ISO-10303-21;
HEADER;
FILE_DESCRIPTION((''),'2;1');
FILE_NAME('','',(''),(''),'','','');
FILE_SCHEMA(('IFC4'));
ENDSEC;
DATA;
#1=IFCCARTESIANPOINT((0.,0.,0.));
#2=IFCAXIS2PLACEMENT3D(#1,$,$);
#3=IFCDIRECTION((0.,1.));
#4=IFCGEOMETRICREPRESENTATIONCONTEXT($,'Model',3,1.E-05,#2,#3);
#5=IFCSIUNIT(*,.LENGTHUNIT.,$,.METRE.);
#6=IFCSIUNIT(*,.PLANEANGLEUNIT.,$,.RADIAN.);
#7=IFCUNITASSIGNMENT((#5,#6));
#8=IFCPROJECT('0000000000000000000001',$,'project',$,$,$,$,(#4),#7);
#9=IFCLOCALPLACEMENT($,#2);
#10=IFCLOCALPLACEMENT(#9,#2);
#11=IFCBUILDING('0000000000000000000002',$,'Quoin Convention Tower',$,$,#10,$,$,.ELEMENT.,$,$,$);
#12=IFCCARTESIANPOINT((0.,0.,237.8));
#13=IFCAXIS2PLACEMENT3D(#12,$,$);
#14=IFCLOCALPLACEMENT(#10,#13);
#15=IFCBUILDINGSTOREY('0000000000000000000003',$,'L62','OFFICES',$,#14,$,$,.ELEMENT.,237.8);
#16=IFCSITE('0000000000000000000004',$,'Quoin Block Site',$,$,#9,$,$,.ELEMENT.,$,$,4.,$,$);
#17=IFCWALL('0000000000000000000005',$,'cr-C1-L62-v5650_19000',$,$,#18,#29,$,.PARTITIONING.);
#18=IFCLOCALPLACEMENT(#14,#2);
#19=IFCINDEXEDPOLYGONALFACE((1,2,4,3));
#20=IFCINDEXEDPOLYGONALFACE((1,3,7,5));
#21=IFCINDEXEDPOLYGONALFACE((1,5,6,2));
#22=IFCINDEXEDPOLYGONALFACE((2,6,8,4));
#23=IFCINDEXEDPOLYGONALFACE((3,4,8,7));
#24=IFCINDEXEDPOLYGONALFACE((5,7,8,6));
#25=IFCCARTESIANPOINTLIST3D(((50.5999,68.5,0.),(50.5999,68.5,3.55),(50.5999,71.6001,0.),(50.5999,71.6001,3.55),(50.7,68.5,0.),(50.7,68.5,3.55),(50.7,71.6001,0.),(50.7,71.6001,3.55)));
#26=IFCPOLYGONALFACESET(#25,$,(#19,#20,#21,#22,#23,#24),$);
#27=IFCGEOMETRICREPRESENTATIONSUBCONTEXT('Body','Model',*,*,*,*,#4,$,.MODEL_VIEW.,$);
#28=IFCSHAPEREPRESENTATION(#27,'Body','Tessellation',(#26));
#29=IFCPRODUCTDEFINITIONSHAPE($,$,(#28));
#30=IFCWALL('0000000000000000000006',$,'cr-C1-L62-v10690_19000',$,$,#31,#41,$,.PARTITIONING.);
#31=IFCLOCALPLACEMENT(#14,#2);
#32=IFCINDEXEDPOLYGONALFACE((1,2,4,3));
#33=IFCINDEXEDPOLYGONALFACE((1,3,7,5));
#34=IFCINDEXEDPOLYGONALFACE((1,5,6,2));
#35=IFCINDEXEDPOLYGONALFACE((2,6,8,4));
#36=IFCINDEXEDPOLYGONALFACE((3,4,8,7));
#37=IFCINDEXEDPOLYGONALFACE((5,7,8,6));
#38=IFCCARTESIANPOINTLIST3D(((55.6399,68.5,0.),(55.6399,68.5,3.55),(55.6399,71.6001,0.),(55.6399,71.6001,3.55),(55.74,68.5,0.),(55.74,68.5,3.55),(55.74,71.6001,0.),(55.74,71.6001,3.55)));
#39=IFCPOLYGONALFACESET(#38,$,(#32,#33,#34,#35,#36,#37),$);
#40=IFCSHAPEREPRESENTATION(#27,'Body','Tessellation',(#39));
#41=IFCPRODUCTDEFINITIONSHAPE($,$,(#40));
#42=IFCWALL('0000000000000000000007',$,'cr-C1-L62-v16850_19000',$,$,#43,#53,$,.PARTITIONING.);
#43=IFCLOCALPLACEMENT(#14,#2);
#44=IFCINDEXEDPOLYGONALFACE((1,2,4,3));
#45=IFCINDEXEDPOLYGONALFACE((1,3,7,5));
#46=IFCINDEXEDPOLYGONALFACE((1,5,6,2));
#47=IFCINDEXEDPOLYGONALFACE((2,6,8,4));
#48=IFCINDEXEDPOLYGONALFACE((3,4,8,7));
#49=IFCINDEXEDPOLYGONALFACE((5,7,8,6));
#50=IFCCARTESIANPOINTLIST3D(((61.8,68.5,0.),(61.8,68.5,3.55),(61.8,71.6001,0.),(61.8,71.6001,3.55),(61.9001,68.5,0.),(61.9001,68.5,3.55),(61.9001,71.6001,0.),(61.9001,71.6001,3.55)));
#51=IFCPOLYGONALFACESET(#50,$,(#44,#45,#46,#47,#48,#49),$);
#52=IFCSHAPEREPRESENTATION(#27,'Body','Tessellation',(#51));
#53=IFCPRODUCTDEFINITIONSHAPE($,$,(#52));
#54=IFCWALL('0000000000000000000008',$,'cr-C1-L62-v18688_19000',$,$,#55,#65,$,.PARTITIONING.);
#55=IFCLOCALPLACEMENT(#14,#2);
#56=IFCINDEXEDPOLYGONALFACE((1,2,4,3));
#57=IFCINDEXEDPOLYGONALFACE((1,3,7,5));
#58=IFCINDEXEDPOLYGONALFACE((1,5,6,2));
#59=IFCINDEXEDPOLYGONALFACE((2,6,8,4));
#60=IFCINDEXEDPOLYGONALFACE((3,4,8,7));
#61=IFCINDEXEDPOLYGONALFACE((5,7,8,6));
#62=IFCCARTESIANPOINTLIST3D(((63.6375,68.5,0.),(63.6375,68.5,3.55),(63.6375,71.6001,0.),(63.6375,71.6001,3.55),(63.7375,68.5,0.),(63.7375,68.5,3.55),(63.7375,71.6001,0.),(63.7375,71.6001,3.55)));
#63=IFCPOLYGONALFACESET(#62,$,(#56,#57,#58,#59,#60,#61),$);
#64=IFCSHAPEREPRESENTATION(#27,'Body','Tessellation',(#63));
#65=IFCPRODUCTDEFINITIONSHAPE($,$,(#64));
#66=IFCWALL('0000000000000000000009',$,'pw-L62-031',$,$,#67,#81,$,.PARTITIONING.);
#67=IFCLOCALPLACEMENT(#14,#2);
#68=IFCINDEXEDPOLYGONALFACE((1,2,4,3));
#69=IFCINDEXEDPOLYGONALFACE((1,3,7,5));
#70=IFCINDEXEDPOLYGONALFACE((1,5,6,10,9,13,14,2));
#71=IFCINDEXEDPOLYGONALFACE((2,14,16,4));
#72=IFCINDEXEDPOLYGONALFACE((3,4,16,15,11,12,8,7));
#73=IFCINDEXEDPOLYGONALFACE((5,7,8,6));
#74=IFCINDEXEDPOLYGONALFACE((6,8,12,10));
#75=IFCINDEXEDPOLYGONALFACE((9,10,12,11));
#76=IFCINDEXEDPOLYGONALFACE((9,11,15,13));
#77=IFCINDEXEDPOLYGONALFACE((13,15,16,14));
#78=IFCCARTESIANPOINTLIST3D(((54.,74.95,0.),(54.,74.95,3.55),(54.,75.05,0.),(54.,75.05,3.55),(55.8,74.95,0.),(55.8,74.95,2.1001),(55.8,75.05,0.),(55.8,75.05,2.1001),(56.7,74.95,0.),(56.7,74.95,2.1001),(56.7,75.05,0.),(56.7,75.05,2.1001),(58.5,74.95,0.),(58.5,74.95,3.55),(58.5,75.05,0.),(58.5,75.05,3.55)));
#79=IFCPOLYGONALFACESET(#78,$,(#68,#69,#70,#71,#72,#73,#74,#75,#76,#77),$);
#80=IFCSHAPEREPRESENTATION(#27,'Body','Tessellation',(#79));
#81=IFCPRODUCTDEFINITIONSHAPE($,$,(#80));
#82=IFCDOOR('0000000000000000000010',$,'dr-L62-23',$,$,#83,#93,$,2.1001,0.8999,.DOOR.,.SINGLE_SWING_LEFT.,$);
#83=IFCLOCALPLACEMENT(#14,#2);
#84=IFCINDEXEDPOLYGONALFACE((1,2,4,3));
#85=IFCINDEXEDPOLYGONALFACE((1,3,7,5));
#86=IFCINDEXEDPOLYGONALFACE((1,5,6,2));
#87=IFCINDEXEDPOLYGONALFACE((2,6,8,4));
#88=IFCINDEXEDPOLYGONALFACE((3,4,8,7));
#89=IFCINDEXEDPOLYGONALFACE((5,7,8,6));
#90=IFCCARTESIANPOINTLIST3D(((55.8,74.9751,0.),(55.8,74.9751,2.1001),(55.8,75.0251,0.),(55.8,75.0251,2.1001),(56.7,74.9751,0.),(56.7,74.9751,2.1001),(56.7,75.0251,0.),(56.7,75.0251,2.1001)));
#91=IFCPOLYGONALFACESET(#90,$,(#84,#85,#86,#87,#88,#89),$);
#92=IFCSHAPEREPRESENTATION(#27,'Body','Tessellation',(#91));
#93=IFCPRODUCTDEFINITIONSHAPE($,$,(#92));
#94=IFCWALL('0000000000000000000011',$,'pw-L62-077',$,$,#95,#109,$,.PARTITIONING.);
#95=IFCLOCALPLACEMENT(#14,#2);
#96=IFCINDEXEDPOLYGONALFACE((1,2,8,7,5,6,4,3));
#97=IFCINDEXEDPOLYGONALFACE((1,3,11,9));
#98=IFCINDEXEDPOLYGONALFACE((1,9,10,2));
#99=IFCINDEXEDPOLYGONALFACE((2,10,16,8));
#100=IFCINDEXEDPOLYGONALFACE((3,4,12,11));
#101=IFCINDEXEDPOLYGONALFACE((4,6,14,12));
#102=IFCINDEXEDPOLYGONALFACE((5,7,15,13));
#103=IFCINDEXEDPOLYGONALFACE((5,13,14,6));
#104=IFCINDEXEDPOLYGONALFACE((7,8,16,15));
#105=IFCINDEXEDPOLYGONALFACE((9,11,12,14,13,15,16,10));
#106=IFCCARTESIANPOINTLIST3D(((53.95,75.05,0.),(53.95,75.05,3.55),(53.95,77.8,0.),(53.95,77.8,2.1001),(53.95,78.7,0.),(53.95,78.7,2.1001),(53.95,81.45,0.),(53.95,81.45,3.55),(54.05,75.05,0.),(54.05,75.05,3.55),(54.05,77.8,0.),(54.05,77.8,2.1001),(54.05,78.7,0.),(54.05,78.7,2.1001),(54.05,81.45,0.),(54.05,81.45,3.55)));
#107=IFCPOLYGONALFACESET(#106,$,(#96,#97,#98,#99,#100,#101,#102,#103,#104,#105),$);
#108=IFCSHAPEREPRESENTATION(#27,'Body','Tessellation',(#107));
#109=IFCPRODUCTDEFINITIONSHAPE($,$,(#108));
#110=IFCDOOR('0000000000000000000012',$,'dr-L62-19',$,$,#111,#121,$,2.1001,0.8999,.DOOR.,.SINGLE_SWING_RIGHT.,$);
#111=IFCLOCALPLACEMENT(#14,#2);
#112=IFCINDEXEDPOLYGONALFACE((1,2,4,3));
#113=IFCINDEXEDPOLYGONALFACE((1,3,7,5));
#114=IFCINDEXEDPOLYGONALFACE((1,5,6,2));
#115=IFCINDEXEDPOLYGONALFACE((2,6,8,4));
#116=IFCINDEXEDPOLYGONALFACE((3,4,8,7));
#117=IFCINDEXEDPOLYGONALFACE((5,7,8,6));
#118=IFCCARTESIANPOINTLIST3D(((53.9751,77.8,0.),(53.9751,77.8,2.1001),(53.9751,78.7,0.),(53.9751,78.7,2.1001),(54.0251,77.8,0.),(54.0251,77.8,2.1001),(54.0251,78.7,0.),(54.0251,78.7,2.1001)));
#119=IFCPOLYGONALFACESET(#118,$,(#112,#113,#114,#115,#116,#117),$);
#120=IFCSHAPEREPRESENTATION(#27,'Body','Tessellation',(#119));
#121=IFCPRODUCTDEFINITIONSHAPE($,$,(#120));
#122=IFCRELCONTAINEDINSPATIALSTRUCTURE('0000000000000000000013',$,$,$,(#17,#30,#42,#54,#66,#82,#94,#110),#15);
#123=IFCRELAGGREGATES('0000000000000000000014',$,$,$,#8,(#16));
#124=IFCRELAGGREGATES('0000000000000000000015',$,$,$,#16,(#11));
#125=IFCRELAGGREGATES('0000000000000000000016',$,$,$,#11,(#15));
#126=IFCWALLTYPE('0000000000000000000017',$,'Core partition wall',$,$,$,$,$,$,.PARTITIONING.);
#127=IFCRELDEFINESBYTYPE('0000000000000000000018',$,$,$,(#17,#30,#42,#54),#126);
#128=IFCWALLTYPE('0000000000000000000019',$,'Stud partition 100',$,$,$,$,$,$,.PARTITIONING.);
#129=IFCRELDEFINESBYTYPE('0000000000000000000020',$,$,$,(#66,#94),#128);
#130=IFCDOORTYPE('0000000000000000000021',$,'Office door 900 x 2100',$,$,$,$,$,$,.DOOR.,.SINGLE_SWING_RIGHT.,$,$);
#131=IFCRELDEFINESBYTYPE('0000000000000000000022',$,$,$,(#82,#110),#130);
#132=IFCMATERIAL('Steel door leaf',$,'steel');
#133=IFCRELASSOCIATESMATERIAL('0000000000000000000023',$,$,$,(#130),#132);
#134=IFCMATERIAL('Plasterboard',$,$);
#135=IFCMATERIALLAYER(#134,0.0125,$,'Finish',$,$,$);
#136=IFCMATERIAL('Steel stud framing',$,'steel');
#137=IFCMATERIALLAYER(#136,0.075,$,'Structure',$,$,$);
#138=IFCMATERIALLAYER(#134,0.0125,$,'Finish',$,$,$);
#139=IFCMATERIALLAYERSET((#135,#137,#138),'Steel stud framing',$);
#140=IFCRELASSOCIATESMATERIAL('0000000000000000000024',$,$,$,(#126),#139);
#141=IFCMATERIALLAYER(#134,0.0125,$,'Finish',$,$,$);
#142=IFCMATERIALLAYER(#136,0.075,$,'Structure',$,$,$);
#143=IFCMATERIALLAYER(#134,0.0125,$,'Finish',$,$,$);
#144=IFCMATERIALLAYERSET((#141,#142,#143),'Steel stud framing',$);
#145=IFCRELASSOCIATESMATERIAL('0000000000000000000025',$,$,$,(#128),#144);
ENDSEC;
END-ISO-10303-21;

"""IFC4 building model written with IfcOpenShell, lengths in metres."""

from ifc_helpers import new_model, si_unit, direction, frame, frame_2d, origin, place, context, subcontext, project, spatial, rectangle, extrude, material, layer, layer_set, type_object, element, fill, save


model = new_model("IFC4")

# Units and contexts
model_context = context("Model", 3, precision=1e-05, world=origin(), true_north=direction((0.0, 1.0)))
body_context = subcontext(model_context, "Body", "Model", "MODEL_VIEW")
ifc_project = project(units=[si_unit("LENGTHUNIT", "METRE"), si_unit("PLANEANGLEUNIT", "RADIAN")], contexts=[model_context])

# Site, building, storey
site_placement = place(None, origin())
site = spatial("IfcSite", under=ifc_project, at=site_placement, Name="Quoin Block Site", CompositionType="ELEMENT", RefElevation=4.0)
building_placement = place(site_placement, origin())
building = spatial("IfcBuilding", under=site, at=building_placement, Name="Quoin Convention Tower", CompositionType="ELEMENT")
storey_placement = place(building_placement, frame((0.0, 0.0, 237.8)))
storey = spatial("IfcBuildingStorey", under=building, at=storey_placement, Name="L62", Description="OFFICES", CompositionType="ELEMENT", Elevation=237.8)

# Shared definitions
ifc_material_1 = material(Name="Plasterboard")
ifc_material_2 = material(Name="Steel stud framing", Category="steel")

# Shared definitions
ifc_material_3 = material(Name="Steel door leaf", Category="steel")
door_type = type_object("IfcDoorType", Name="Office door 900 x 2100", OperationType="SINGLE_SWING_RIGHT", PredefinedType="DOOR", material=ifc_material_3)

# Walls
ifc_layer_1 = layer(ifc_material_1, 0.0125, Name="Finish")
ifc_layer_2 = layer(ifc_material_2, 0.075, Name="Structure")
ifc_layer_3 = layer(ifc_material_1, 0.0125, Name="Finish")
ifc_layer_set_1 = layer_set([ifc_layer_1, ifc_layer_2, ifc_layer_3], Name="Steel stud framing")
wall_type_1 = type_object("IfcWallType", Name="Core partition wall", PredefinedType="PARTITIONING", material=ifc_layer_set_1)
for number, where, z_axis, x_axis, name in (
    (1, (50.6499, 68.5, 0.0), (0.0, 0.0, 1.0), (0.0, 1.0, 0.0), "cr-C1-L62-v5650_19000"),
    (2, (55.6899, 68.5, 0.0), (0.0, 0.0, 1.0), (0.0, 1.0, 0.0), "cr-C1-L62-v10690_19000"),
    (3, (61.8501, 68.5, 0.0), (0.0, 0.0, 1.0), (0.0, 1.0, 0.0), "cr-C1-L62-v16850_19000"),
    (4, (63.6875, 68.5, 0.0), (0.0, 0.0, 1.0), (0.0, 1.0, 0.0), "cr-C1-L62-v18688_19000"),
):
    element("IfcWall", number, at=place(storey_placement, frame(where, z_axis=z_axis, x_axis=x_axis)), inside=storey, type_object=wall_type_1, Name=name, PredefinedType="PARTITIONING", context=body_context, shape_type="SweptSolid", body=[
        extrude(rectangle(XDim=3.1001, YDim=0.1001, at=frame_2d((1.55, 0.0))), origin(), (0.0, 0.0, 1.0), 3.55),
    ])

# Walls, openings, doors
ifc_layer_4 = layer(ifc_material_1, 0.0125, Name="Finish")
ifc_layer_5 = layer(ifc_material_2, 0.075, Name="Structure")
ifc_layer_6 = layer(ifc_material_1, 0.0125, Name="Finish")
ifc_layer_set_2 = layer_set([ifc_layer_4, ifc_layer_5, ifc_layer_6], Name="Steel stud framing")
wall_type_2 = type_object("IfcWallType", Name="Stud partition 100", PredefinedType="PARTITIONING", material=ifc_layer_set_2)
wall_1_placement = place(storey_placement, frame((54.0, 75.0, 0.0), z_axis=(0.0, 0.0, 1.0), x_axis=(1.0, 0.0, 0.0)))
wall_1 = element("IfcWall", 5, at=wall_1_placement, inside=storey, type_object=wall_type_2, Name="pw-L62-031", PredefinedType="PARTITIONING", context=body_context, shape_type="SweptSolid", body=[
    extrude(rectangle(XDim=4.5, YDim=0.1001, at=frame_2d((2.25, 0.0))), origin(), (0.0, 0.0, 1.0), 3.55),
])
opening_1_placement = place(wall_1_placement, frame((1.8, 0.0, 0.0)))
opening_1 = element("IfcOpeningElement", 6, at=opening_1_placement, cuts=wall_1, PredefinedType="OPENING", context=body_context, shape_type="SweptSolid", body=[
    extrude(rectangle(XDim=0.8999, YDim=2.1001, at=frame_2d((0.45, 1.05))), frame((0.0, 0.0601, 0.0), z_axis=(0.0, -1.0, 0.0), x_axis=(1.0, 0.0, 0.0)), (0.0, 0.0, 1.0), 0.1201),
])
door_1_placement = place(opening_1_placement, frame((0.8999, 0.0, 0.0), z_axis=(0.0, 0.0, 1.0), x_axis=(-1.0, 0.0, 0.0)))
door_1 = element("IfcDoor", 7, at=door_1_placement, inside=storey, type_object=door_type, Name="dr-L62-23", OperationType="SINGLE_SWING_LEFT", OverallHeight=2.1001, OverallWidth=0.8999, PredefinedType="DOOR", context=body_context, shape_type="SweptSolid", body=[
    extrude(rectangle(XDim=0.8999, YDim=2.1001, at=frame_2d((0.45, 1.05))), frame((0.0, 0.0249, 0.0), z_axis=(0.0, -1.0, 0.0), x_axis=(1.0, 0.0, 0.0)), (0.0, 0.0, 1.0), 0.05),
])
fill(opening_1, door_1)
wall_2_placement = place(storey_placement, frame((54.0, 75.05, 0.0), z_axis=(0.0, 0.0, 1.0), x_axis=(0.0, 1.0, 0.0)))
wall_2 = element("IfcWall", 8, at=wall_2_placement, inside=storey, type_object=wall_type_2, Name="pw-L62-077", PredefinedType="PARTITIONING", context=body_context, shape_type="SweptSolid", body=[
    extrude(rectangle(XDim=6.3999, YDim=0.1001, at=frame_2d((3.2, 0.0))), origin(), (0.0, 0.0, 1.0), 3.55),
])
opening_2_placement = place(wall_2_placement, frame((2.75, 0.0, 0.0)))
opening_2 = element("IfcOpeningElement", 9, at=opening_2_placement, cuts=wall_2, PredefinedType="OPENING", context=body_context, shape_type="SweptSolid", body=[
    extrude(rectangle(XDim=0.8999, YDim=2.1001, at=frame_2d((0.45, 1.05))), frame((0.0, 0.0601, 0.0), z_axis=(0.0, -1.0, 0.0), x_axis=(1.0, 0.0, 0.0)), (0.0, 0.0, 1.0), 0.1201),
])
door_2_placement = place(opening_2_placement, origin())
door_2 = element("IfcDoor", 10, at=door_2_placement, inside=storey, type_object=door_type, Name="dr-L62-19", OperationType="SINGLE_SWING_RIGHT", OverallHeight=2.1001, OverallWidth=0.8999, PredefinedType="DOOR", context=body_context, shape_type="SweptSolid", body=[
    extrude(rectangle(XDim=0.8999, YDim=2.1001, at=frame_2d((0.45, 1.05))), frame((0.0, 0.0249, 0.0), z_axis=(0.0, -1.0, 0.0), x_axis=(1.0, 0.0, 0.0)), (0.0, 0.0, 1.0), 0.05),
])
fill(opening_2, door_2)

save(model, "model.ifc")
